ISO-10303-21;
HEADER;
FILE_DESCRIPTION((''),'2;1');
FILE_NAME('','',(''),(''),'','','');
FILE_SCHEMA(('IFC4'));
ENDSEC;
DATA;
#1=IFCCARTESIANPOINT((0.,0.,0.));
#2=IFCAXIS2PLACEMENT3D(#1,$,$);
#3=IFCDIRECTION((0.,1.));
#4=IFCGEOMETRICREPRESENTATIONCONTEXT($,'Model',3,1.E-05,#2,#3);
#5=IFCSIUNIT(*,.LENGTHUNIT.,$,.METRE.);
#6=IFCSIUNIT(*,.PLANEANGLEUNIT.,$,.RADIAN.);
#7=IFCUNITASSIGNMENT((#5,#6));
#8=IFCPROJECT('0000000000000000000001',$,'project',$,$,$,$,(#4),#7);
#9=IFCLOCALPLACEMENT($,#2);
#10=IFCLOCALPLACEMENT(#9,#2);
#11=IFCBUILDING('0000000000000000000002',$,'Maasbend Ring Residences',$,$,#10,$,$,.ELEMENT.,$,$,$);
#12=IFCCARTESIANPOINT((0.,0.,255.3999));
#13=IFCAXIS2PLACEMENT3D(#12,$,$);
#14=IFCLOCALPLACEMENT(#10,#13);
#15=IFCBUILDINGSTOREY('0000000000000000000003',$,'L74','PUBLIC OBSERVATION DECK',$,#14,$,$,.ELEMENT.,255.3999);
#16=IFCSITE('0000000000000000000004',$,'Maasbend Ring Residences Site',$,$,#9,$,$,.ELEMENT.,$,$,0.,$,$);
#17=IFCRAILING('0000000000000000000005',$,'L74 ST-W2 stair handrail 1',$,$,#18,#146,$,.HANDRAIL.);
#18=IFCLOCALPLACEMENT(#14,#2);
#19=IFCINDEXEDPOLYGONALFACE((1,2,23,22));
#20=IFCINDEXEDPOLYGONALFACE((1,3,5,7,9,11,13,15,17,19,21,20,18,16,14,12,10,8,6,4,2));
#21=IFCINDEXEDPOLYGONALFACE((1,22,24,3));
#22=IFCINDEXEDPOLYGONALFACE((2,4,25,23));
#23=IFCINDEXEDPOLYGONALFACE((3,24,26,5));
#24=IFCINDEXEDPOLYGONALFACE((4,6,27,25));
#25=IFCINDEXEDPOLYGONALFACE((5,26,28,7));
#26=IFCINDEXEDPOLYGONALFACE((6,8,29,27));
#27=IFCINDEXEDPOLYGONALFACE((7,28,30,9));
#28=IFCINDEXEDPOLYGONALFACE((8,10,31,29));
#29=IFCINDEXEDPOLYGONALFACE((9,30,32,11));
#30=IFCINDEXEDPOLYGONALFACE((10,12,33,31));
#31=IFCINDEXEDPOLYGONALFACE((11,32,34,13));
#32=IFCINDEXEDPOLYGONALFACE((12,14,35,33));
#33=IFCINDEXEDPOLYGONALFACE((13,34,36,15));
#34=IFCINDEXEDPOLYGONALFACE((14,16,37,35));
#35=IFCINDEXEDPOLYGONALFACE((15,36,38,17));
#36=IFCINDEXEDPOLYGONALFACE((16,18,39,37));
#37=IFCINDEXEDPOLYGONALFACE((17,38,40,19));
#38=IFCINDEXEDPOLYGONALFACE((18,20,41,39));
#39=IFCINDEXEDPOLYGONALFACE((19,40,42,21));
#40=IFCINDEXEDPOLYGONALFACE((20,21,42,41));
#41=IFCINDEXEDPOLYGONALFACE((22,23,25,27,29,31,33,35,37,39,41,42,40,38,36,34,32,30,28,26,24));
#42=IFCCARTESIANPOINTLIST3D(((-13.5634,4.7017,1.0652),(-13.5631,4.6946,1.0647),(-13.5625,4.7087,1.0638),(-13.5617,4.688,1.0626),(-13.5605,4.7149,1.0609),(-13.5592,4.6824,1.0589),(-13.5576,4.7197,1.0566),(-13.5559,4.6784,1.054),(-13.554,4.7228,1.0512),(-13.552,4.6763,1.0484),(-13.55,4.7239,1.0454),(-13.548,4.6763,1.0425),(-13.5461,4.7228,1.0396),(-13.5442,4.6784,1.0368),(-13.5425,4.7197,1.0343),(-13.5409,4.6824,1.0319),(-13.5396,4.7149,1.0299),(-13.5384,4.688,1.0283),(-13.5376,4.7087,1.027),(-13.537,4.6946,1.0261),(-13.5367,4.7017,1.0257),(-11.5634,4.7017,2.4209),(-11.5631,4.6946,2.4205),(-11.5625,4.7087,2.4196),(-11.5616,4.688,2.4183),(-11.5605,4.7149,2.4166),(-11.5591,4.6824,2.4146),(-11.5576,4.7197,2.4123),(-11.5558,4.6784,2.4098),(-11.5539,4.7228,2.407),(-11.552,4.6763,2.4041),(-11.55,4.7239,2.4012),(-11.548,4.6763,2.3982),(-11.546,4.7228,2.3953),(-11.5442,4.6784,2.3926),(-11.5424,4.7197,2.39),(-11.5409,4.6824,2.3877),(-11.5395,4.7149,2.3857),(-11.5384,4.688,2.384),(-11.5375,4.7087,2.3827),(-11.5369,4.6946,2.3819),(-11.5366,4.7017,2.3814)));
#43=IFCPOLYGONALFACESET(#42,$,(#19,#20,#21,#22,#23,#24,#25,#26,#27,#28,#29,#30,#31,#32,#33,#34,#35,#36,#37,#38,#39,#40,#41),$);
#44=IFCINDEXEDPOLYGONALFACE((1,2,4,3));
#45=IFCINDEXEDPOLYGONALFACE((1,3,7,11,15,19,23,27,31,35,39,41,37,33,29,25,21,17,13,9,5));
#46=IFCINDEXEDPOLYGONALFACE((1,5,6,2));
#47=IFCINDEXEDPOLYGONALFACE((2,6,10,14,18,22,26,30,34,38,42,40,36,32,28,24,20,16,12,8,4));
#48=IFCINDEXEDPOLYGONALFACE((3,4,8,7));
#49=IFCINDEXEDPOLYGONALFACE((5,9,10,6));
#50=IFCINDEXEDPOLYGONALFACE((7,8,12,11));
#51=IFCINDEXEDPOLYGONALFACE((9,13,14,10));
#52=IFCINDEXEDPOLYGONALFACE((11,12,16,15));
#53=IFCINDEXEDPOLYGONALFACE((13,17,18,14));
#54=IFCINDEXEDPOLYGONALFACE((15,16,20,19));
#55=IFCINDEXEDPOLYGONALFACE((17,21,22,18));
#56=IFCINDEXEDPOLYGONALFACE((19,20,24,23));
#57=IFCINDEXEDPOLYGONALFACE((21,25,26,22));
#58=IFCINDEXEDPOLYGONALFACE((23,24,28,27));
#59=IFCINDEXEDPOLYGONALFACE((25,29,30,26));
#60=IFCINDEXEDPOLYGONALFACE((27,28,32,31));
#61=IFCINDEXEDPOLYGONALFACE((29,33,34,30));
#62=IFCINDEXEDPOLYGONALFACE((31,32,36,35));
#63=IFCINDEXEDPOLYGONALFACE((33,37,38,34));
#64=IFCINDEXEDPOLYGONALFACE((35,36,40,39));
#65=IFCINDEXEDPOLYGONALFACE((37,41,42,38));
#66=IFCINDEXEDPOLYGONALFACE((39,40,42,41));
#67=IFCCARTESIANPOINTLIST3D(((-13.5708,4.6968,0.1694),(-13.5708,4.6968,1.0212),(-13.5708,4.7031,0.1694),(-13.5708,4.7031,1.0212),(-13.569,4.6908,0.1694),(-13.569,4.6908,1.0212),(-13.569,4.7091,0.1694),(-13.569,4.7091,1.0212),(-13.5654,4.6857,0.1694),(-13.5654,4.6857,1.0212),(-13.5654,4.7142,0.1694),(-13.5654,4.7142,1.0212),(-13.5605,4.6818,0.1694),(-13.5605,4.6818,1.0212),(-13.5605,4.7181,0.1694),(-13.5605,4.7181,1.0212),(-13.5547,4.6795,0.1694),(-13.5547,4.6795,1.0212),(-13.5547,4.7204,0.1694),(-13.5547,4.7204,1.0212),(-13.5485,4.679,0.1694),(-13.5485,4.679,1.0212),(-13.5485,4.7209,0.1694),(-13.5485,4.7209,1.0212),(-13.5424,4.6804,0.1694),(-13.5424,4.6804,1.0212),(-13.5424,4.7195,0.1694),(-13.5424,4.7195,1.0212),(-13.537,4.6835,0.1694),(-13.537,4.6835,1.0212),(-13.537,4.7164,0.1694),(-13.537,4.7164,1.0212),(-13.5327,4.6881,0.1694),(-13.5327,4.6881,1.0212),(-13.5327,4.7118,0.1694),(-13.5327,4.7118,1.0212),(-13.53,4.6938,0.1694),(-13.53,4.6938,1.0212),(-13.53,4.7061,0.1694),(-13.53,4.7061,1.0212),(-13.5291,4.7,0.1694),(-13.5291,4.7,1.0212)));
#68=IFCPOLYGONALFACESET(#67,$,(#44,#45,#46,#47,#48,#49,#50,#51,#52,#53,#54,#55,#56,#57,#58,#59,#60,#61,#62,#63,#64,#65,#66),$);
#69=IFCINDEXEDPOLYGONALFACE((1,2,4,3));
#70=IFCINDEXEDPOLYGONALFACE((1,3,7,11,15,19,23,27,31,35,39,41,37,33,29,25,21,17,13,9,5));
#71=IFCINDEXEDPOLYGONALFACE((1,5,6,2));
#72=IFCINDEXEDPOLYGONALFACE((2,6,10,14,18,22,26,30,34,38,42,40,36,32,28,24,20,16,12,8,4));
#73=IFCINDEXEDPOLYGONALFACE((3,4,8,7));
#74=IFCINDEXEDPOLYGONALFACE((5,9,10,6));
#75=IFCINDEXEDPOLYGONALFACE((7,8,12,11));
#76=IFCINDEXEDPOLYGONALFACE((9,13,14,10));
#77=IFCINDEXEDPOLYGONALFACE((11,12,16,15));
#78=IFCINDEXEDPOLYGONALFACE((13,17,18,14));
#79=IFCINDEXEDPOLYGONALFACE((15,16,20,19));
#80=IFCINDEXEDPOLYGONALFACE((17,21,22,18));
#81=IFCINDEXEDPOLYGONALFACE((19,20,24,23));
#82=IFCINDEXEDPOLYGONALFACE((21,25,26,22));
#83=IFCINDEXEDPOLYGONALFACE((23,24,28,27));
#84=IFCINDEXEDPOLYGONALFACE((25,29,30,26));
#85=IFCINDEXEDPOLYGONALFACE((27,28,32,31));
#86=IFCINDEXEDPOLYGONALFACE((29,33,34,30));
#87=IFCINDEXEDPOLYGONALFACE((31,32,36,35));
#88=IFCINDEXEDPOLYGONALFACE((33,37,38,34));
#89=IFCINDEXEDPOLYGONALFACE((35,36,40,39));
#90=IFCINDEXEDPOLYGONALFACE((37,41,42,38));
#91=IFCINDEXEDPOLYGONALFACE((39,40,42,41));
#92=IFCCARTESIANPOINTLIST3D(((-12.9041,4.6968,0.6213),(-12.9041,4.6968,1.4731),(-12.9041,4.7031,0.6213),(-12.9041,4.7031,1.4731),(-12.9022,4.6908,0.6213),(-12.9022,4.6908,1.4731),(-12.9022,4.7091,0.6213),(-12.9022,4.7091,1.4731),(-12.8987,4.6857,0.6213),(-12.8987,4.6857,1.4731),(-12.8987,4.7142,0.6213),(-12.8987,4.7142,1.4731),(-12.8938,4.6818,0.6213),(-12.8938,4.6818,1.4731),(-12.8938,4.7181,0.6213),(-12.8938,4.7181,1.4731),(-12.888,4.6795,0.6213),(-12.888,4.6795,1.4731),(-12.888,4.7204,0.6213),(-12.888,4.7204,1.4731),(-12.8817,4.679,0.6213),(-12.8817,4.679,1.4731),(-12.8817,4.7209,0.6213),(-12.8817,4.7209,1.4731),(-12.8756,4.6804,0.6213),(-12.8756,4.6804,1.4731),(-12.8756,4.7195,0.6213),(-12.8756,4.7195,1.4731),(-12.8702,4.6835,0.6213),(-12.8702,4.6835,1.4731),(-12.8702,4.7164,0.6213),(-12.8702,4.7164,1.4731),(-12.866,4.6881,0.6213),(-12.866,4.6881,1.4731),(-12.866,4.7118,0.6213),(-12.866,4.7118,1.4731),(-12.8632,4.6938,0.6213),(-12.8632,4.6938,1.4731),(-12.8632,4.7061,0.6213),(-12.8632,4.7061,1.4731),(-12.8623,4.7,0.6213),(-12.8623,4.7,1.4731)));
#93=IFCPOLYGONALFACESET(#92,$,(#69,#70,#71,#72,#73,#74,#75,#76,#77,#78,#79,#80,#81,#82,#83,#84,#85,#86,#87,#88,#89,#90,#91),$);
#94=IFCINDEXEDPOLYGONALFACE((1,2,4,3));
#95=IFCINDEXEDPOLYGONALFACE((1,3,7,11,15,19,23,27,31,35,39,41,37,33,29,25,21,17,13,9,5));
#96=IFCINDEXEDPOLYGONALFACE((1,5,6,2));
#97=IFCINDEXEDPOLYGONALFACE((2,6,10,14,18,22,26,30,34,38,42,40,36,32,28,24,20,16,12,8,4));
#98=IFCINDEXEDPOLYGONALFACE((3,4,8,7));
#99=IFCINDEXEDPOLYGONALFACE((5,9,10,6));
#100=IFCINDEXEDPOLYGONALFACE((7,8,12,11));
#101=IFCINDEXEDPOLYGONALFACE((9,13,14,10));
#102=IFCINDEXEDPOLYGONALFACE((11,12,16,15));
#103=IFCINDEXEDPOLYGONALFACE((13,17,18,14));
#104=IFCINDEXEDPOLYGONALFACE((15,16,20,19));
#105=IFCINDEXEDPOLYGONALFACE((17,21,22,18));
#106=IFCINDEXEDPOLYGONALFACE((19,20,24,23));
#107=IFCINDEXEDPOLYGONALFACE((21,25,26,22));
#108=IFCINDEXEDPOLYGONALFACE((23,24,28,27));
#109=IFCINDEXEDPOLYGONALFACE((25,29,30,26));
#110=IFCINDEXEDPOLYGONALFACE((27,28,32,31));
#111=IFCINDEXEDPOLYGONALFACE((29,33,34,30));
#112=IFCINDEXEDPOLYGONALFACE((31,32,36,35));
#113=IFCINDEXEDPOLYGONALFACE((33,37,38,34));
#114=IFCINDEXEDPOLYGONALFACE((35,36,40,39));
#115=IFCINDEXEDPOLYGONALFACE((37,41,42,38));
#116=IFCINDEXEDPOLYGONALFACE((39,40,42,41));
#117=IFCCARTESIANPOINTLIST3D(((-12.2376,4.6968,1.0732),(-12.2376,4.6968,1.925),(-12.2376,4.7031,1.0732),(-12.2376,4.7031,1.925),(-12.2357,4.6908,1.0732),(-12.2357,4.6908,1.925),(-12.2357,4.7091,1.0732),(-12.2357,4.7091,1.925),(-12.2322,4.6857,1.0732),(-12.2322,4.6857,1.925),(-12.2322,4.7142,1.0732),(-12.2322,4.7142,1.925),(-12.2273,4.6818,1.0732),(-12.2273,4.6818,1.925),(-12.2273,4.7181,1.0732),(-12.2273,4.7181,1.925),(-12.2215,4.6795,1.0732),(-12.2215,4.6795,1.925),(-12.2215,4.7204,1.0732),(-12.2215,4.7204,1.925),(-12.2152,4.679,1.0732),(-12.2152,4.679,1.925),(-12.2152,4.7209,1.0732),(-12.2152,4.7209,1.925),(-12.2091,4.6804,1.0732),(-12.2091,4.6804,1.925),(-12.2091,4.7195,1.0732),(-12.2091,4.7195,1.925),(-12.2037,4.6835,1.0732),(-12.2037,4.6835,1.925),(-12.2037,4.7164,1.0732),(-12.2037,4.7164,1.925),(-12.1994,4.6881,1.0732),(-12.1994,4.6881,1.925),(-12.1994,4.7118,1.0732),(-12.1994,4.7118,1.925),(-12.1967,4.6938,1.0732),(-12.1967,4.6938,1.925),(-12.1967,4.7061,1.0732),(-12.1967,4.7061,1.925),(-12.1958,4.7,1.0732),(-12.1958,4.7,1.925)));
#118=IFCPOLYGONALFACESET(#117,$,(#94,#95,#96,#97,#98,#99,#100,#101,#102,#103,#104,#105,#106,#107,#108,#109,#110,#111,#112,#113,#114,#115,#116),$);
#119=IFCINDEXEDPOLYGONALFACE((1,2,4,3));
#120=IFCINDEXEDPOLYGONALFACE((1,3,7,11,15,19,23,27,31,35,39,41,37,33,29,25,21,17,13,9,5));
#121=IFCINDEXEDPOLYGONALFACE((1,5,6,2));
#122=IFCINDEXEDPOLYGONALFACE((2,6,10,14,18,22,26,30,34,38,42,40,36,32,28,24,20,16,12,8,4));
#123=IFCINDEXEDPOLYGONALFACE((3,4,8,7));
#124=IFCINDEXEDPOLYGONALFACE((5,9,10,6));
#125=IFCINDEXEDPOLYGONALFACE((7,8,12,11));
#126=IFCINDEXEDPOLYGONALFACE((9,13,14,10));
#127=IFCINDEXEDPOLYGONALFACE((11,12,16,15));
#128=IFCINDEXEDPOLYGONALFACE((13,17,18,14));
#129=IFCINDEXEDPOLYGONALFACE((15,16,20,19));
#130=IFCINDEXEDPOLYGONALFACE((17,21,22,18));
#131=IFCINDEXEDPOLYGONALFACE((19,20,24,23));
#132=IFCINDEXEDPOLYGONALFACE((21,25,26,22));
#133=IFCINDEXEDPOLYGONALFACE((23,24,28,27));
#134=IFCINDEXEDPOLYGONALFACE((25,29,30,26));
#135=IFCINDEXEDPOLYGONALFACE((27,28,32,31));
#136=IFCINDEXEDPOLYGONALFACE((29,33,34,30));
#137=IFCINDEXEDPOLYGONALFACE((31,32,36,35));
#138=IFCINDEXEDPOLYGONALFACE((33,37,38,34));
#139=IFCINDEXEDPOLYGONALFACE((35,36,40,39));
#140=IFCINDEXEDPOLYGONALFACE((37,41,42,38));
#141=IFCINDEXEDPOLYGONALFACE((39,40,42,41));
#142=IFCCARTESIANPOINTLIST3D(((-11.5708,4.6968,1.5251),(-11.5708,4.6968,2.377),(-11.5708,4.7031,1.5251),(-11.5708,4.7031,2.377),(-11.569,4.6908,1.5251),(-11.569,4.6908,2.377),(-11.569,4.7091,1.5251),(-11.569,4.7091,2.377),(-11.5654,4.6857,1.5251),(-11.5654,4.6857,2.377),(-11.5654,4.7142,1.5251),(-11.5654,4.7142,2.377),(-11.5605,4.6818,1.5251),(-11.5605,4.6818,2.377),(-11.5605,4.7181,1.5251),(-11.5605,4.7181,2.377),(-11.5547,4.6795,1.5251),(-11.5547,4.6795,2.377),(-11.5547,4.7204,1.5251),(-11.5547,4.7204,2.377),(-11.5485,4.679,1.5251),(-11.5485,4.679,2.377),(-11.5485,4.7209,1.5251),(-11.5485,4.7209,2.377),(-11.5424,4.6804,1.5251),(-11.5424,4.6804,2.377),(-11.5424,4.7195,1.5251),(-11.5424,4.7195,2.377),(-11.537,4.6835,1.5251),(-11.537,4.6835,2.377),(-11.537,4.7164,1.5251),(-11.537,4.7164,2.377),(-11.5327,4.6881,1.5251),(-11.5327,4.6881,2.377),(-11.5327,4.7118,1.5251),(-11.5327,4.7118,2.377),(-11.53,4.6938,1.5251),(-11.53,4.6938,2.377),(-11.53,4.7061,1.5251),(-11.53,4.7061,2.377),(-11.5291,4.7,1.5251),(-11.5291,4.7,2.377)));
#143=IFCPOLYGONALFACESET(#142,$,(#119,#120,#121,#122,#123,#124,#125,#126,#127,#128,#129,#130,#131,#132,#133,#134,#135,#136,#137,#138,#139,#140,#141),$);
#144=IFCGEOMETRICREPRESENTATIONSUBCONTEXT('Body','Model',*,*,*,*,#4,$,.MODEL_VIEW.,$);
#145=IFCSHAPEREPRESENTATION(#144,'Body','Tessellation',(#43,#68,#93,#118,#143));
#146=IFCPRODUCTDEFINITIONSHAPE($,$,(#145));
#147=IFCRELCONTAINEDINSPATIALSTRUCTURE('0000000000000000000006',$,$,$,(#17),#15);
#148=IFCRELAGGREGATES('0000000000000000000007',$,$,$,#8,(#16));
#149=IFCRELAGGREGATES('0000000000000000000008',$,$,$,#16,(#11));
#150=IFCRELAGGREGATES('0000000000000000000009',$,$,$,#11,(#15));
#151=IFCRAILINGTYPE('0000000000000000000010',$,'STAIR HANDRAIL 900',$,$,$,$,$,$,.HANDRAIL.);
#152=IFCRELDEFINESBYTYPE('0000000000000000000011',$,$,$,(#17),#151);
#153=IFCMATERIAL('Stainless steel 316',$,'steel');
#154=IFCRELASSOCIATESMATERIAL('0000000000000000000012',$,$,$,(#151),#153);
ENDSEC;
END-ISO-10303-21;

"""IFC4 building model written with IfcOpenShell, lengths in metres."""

from ifc_helpers import new_model, si_unit, direction, frame, origin, origin_2d, place, context, subcontext, project, spatial, circle, extrude, material, type_object, element, save


model = new_model("IFC4")

# Units and contexts
model_context = context("Model", 3, precision=1e-05, world=origin(), true_north=direction((0.0, 1.0)))
body_context = subcontext(model_context, "Body", "Model", "MODEL_VIEW")
ifc_project = project(units=[si_unit("LENGTHUNIT", "METRE"), si_unit("PLANEANGLEUNIT", "RADIAN")], contexts=[model_context])

# Site, building, storey
site_placement = place(None, origin())
site = spatial("IfcSite", under=ifc_project, at=site_placement, Name="Maasbend Ring Residences Site", CompositionType="ELEMENT", RefElevation=0.0)
building_placement = place(site_placement, origin())
building = spatial("IfcBuilding", under=site, at=building_placement, Name="Maasbend Ring Residences", CompositionType="ELEMENT")
storey_placement = place(building_placement, frame((0.0, 0.0, 255.3999)))
storey = spatial("IfcBuildingStorey", under=building, at=storey_placement, Name="L74", Description="PUBLIC OBSERVATION DECK", CompositionType="ELEMENT", Elevation=255.3999)

# Railing
ifc_material_1 = material(Name="Stainless steel 316", Category="steel")
railing_type_1 = type_object("IfcRailingType", Name="STAIR HANDRAIL 900", PredefinedType="HANDRAIL", material=ifc_material_1)
railing_1_placement = place(storey_placement, frame((-13.55, 4.7, 0.1694)))
element("IfcRailing", 1, at=railing_1_placement, inside=storey, type_object=railing_type_1, Name="L74 ST-W2 stair handrail 1", PredefinedType="HANDRAIL", context=body_context, shape_type="SweptSolid", body=[
    extrude(circle(Radius=0.0239, at=origin_2d()), frame((0.0, 0.0, 0.876), z_axis=(0.827751, 0.0, 0.561096), x_axis=(0.0, 1.0, 0.0)), (0.0, 0.0, 1.0), 2.4163),
    extrude(circle(Radius=0.021, at=origin_2d()), origin(), (0.0, 0.0, 1.0), 0.8518),
    extrude(circle(Radius=0.021, at=origin_2d()), frame((0.6667, 0.0, 0.4519)), (0.0, 0.0, 1.0), 0.8518),
    extrude(circle(Radius=0.021, at=origin_2d()), frame((1.3333, 0.0, 0.9038)), (0.0, 0.0, 1.0), 0.8518),
    extrude(circle(Radius=0.021, at=origin_2d()), frame((2.0, 0.0, 1.3557)), (0.0, 0.0, 1.0), 0.8518),
])

save(model, "model.ifc")
